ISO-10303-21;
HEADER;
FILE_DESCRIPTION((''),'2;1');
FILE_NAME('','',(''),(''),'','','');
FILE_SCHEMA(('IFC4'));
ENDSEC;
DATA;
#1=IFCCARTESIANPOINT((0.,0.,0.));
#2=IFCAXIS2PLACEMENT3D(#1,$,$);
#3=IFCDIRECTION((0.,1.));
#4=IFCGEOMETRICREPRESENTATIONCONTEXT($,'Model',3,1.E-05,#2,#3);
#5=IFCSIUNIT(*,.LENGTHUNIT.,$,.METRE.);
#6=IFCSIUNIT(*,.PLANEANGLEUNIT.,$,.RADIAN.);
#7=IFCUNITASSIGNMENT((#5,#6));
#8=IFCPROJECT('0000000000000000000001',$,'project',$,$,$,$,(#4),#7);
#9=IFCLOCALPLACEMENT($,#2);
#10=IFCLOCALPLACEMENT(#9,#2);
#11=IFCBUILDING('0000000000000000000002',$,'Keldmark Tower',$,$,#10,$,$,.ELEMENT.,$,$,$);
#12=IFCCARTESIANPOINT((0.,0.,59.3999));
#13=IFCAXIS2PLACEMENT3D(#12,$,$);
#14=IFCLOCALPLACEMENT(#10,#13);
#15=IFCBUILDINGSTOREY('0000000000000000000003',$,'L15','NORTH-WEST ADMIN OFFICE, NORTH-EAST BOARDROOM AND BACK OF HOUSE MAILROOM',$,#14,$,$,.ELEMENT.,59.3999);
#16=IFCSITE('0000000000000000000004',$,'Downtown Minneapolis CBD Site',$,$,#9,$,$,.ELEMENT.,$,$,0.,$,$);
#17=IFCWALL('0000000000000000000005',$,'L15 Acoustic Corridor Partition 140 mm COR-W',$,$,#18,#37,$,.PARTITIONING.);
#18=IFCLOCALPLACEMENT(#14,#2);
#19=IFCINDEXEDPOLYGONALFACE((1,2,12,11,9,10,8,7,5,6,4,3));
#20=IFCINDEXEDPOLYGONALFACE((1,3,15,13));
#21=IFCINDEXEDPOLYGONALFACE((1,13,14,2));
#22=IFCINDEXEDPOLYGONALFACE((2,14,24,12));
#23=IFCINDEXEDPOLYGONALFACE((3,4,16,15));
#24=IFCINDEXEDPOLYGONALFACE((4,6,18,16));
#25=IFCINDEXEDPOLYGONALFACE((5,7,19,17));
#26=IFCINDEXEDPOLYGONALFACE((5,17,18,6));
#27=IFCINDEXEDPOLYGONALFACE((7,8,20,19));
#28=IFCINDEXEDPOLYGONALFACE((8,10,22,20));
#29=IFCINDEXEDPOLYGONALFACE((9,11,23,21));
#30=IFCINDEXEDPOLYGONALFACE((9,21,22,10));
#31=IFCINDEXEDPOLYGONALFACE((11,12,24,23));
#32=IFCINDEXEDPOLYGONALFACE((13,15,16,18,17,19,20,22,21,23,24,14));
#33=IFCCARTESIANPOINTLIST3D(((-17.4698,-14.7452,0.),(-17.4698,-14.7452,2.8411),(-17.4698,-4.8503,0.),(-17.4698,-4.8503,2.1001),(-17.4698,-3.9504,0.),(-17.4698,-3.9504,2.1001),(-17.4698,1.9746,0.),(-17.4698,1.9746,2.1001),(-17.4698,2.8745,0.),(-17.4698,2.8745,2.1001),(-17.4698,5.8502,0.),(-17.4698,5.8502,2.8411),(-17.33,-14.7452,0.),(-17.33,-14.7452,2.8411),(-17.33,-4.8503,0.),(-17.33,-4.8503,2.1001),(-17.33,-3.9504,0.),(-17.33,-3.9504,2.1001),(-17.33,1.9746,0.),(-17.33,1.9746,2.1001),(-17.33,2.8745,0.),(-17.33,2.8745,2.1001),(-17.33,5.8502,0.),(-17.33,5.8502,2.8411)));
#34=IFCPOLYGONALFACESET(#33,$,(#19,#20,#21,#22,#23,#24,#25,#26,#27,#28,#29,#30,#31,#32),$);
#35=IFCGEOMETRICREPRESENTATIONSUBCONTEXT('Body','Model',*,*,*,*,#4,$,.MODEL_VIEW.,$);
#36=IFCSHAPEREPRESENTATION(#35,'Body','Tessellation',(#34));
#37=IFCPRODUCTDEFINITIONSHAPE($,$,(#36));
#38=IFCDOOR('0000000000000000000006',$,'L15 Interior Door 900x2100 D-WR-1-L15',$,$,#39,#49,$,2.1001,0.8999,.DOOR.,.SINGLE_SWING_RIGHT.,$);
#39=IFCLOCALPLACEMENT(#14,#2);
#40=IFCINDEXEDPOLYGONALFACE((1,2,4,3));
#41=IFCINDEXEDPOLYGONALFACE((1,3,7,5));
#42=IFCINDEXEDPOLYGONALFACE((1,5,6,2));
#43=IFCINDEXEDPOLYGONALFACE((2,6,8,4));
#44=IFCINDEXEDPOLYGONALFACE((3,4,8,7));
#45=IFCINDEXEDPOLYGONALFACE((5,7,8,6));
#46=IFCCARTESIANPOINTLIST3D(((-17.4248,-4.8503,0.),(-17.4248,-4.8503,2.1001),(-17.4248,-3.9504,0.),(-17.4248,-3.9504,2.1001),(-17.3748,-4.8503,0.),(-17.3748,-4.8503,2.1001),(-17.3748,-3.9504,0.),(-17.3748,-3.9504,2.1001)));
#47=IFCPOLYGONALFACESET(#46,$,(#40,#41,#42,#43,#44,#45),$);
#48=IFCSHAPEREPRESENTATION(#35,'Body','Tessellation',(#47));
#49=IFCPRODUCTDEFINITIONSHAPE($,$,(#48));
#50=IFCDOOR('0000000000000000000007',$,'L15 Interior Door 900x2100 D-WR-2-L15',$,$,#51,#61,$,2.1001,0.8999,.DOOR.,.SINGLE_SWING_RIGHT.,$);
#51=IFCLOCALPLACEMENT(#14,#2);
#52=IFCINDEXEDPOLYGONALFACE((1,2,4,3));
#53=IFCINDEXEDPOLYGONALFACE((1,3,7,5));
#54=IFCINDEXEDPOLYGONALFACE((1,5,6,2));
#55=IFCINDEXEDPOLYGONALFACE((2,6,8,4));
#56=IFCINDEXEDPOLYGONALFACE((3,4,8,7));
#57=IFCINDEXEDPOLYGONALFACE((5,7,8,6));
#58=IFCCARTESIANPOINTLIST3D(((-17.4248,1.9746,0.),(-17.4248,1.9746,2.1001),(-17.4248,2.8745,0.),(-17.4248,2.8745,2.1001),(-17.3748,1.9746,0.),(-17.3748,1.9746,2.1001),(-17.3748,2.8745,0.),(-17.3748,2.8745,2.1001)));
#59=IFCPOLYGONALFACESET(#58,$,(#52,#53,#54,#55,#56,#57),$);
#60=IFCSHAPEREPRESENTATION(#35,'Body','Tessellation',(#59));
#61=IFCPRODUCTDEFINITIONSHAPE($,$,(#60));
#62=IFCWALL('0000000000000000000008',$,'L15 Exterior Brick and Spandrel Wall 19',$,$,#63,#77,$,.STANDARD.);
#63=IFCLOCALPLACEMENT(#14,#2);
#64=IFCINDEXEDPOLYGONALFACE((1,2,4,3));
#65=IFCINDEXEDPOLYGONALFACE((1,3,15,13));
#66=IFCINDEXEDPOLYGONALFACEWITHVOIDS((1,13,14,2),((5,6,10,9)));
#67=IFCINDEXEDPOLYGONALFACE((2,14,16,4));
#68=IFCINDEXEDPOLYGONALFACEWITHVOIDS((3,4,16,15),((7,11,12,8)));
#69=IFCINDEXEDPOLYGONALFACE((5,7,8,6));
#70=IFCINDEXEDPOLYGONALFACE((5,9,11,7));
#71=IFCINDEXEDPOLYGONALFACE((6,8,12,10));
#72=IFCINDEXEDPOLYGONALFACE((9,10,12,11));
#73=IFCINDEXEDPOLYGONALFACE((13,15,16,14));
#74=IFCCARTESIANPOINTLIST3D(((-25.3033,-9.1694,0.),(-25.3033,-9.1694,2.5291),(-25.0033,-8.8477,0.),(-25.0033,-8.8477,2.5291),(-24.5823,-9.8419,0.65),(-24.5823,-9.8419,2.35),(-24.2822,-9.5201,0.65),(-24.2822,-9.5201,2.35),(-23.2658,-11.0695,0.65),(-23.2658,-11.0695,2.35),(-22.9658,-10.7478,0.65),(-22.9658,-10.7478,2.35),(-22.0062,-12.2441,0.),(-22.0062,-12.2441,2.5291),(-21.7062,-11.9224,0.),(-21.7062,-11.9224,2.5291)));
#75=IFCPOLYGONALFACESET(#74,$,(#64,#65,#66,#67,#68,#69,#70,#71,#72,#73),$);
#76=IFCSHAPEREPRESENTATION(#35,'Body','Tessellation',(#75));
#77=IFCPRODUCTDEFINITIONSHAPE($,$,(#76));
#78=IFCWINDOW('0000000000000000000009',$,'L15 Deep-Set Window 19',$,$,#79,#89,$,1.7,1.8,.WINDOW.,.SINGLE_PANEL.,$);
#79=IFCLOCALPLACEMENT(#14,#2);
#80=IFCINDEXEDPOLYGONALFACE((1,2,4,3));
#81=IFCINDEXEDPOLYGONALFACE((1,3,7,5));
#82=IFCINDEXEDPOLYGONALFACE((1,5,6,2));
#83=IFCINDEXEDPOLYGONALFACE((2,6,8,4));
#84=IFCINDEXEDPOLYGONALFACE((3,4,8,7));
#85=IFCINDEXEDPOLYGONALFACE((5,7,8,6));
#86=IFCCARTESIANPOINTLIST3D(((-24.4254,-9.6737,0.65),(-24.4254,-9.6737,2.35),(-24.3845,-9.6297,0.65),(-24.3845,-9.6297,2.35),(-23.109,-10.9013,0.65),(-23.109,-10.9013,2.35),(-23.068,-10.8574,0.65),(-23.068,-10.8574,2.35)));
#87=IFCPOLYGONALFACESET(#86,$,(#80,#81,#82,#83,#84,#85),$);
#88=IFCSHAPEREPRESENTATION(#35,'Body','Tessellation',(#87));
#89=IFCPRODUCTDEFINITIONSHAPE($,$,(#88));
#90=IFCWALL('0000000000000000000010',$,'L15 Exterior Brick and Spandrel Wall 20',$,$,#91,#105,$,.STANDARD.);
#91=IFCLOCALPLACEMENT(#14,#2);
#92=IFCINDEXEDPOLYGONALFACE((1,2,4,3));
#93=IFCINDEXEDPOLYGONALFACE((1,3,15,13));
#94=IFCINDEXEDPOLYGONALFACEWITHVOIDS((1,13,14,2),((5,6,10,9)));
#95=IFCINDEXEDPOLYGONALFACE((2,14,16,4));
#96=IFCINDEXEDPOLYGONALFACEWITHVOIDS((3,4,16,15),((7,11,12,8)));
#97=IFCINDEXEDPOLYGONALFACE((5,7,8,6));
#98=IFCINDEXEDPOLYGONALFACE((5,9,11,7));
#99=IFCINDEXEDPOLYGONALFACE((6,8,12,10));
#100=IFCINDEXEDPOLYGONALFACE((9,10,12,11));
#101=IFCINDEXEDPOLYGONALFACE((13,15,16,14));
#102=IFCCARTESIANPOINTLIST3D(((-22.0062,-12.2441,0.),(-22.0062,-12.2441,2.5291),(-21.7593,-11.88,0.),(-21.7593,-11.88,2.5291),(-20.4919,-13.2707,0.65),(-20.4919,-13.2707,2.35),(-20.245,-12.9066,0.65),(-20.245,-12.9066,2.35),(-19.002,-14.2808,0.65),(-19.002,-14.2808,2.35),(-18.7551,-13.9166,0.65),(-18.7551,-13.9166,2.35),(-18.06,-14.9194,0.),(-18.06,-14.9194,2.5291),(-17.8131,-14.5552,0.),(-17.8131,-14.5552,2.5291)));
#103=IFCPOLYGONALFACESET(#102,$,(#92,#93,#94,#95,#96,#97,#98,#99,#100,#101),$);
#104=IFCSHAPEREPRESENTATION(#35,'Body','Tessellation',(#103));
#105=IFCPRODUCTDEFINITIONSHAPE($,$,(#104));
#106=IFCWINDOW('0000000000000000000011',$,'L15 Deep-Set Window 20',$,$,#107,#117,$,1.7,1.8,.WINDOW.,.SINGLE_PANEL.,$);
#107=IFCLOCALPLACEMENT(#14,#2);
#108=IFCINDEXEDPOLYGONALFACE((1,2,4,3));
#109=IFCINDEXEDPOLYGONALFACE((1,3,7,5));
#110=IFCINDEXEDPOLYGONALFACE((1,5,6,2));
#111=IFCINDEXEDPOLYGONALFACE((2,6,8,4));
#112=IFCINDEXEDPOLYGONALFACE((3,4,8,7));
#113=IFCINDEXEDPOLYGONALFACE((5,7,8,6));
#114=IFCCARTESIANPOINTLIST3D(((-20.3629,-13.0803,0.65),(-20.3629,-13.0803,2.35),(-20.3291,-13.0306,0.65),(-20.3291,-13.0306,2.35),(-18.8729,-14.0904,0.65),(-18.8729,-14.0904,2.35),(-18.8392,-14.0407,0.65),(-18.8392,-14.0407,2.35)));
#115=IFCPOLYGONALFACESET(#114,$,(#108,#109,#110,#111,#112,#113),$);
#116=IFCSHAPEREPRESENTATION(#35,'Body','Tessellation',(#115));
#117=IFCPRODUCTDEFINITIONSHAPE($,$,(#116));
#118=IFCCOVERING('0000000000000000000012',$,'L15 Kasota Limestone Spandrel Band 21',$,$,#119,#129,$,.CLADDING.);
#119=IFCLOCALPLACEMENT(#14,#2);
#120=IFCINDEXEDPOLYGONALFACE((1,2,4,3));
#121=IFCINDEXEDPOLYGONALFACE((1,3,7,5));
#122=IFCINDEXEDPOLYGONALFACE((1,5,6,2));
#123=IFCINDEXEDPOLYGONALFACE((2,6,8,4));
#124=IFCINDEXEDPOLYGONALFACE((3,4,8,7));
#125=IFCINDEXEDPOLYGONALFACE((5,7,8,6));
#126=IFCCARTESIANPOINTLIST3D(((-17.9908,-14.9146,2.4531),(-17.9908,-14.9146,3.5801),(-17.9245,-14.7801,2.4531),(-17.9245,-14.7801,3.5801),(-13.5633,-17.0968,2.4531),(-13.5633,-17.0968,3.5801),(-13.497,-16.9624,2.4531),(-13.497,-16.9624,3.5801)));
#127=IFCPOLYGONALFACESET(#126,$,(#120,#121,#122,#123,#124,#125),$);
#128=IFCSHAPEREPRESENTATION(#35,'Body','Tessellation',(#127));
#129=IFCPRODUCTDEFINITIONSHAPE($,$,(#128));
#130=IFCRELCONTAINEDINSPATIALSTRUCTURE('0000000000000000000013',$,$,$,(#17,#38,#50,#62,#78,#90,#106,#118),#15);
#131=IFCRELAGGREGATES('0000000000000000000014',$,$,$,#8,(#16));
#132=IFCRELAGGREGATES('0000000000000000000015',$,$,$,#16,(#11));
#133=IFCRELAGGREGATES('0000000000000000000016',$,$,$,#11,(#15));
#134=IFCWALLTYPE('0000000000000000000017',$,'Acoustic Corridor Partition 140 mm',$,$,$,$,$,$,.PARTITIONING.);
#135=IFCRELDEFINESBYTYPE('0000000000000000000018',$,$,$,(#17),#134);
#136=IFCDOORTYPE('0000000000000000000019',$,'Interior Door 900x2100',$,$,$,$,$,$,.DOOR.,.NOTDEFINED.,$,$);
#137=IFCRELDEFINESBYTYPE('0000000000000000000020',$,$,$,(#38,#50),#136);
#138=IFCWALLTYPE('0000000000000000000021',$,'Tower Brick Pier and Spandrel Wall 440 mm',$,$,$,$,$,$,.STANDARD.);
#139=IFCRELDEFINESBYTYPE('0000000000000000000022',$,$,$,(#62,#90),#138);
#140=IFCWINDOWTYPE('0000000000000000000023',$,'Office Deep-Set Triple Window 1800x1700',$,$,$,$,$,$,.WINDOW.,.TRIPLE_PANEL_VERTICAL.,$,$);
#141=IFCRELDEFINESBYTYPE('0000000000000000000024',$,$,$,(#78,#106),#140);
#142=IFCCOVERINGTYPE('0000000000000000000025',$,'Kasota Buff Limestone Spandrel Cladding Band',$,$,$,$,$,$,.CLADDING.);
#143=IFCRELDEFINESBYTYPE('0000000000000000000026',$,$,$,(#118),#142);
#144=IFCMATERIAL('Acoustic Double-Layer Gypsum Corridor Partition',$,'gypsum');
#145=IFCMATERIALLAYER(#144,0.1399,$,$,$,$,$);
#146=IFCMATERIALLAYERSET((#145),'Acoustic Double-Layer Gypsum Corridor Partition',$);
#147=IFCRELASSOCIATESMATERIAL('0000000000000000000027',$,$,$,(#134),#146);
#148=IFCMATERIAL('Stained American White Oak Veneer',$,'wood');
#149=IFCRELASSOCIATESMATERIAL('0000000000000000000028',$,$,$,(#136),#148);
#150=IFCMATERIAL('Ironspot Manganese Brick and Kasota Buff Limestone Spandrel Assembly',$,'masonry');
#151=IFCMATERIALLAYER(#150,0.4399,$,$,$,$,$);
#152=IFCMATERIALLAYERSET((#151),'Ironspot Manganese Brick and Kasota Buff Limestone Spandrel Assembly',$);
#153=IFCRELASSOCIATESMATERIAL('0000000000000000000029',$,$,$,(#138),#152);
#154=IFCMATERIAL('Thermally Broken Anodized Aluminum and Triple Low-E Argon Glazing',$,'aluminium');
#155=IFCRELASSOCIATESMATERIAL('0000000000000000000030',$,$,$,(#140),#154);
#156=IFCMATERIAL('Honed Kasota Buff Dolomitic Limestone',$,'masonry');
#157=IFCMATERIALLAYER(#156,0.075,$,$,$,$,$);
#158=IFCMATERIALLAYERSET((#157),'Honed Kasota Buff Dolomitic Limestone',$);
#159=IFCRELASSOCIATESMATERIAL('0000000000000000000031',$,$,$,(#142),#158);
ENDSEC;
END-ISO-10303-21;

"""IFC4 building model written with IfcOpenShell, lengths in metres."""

from ifc_helpers import new_model, si_unit, direction, frame, frame_2d, origin, origin_2d, place, context, subcontext, project, spatial, rectangle, extrude, material, layer, layer_set, type_object, element, fill, save


model = new_model("IFC4")

# Units and contexts
model_context = context("Model", 3, precision=1e-05, world=origin(), true_north=direction((0.0, 1.0)))
body_context = subcontext(model_context, "Body", "Model", "MODEL_VIEW")
ifc_project = project(units=[si_unit("LENGTHUNIT", "METRE"), si_unit("PLANEANGLEUNIT", "RADIAN")], contexts=[model_context])

# Site, building, storey
site_placement = place(None, origin())
site = spatial("IfcSite", under=ifc_project, at=site_placement, Name="Downtown Minneapolis CBD Site", CompositionType="ELEMENT", RefElevation=0.0)
building_placement = place(site_placement, origin())
building = spatial("IfcBuilding", under=site, at=building_placement, Name="Keldmark Tower", CompositionType="ELEMENT")
storey_placement = place(building_placement, frame((0.0, 0.0, 59.3999)))
storey = spatial("IfcBuildingStorey", under=building, at=storey_placement, Name="L15", Description="NORTH-WEST ADMIN OFFICE, NORTH-EAST BOARDROOM AND BACK OF HOUSE MAILROOM", CompositionType="ELEMENT", Elevation=59.3999)

# Wall, openings, doors
ifc_material_1 = material(Name="Acoustic Double-Layer Gypsum Corridor Partition", Category="gypsum")
ifc_layer_1 = layer(ifc_material_1, 0.1399)
ifc_layer_set_1 = layer_set([ifc_layer_1], Name="Acoustic Double-Layer Gypsum Corridor Partition")
wall_type_1 = type_object("IfcWallType", Name="Acoustic Corridor Partition 140 mm", PredefinedType="PARTITIONING", material=ifc_layer_set_1)
ifc_material_2 = material(Name="Stained American White Oak Veneer", Category="wood")
door_type = type_object("IfcDoorType", Name="Interior Door 900x2100", OperationType="NOTDEFINED", PredefinedType="DOOR", material=ifc_material_2)
wall_1_placement = place(storey_placement, frame((-17.3999, -14.7454, 0.0), z_axis=(0.0, 0.0, 1.0), x_axis=(0.0, 1.0, 0.0)))
wall_1 = element("IfcWall", 1, at=wall_1_placement, inside=storey, type_object=wall_type_1, Name="L15 Acoustic Corridor Partition 140 mm COR-W", PredefinedType="PARTITIONING", context=body_context, shape_type="SweptSolid", body=[
    extrude(rectangle(XDim=20.5955, YDim=0.1399, at=frame_2d((10.2979, 0.0))), origin(), (0.0, 0.0, 1.0), 2.8411),
])
opening_1_placement = place(wall_1_placement, frame((9.895, 0.0, 0.0)))
opening_1 = element("IfcOpeningElement", 2, at=opening_1_placement, cuts=wall_1, PredefinedType="OPENING", context=body_context, shape_type="SweptSolid", body=[
    extrude(rectangle(XDim=0.8999, YDim=2.1001, at=frame_2d((0.45, 1.05))), frame((0.0, 0.0798, 0.0), z_axis=(0.0, -1.0, 0.0), x_axis=(1.0, 0.0, 0.0)), (0.0, 0.0, 1.0), 0.1599),
])
opening_2_placement = place(wall_1_placement, frame((16.72, 0.0, 0.0)))
opening_2 = element("IfcOpeningElement", 3, at=opening_2_placement, cuts=wall_1, PredefinedType="OPENING", context=body_context, shape_type="SweptSolid", body=[
    extrude(rectangle(XDim=0.8999, YDim=2.1001, at=frame_2d((0.45, 1.05))), frame((0.0, 0.0798, 0.0), z_axis=(0.0, -1.0, 0.0), x_axis=(1.0, 0.0, 0.0)), (0.0, 0.0, 1.0), 0.1599),
])
door_1_placement = place(opening_1_placement, origin())
door_1 = element("IfcDoor", 4, at=door_1_placement, inside=storey, type_object=door_type, Name="L15 Interior Door 900x2100 D-WR-1-L15", OperationType="SINGLE_SWING_RIGHT", OverallHeight=2.1001, OverallWidth=0.8999, PredefinedType="DOOR", context=body_context, shape_type="SweptSolid", body=[
    extrude(rectangle(XDim=0.8999, YDim=2.1001, at=frame_2d((0.45, 1.05))), frame((0.0, 0.0249, 0.0), z_axis=(0.0, -1.0, 0.0), x_axis=(1.0, 0.0, 0.0)), (0.0, 0.0, 1.0), 0.05),
])
fill(opening_1, door_1)
door_2_placement = place(opening_2_placement, origin())
door_2 = element("IfcDoor", 5, at=door_2_placement, inside=storey, type_object=door_type, Name="L15 Interior Door 900x2100 D-WR-2-L15", OperationType="SINGLE_SWING_RIGHT", OverallHeight=2.1001, OverallWidth=0.8999, PredefinedType="DOOR", context=body_context, shape_type="SweptSolid", body=[
    extrude(rectangle(XDim=0.8999, YDim=2.1001, at=frame_2d((0.45, 1.05))), frame((0.0, 0.0249, 0.0), z_axis=(0.0, -1.0, 0.0), x_axis=(1.0, 0.0, 0.0)), (0.0, 0.0, 1.0), 0.05),
])
fill(opening_2, door_2)

# Walls, openings, windows
ifc_material_3 = material(Name="Ironspot Manganese Brick and Kasota Buff Limestone Spandrel Assembly", Category="masonry")
ifc_layer_2 = layer(ifc_material_3, 0.4399)
ifc_layer_set_2 = layer_set([ifc_layer_2], Name="Ironspot Manganese Brick and Kasota Buff Limestone Spandrel Assembly")
wall_type_2 = type_object("IfcWallType", Name="Tower Brick Pier and Spandrel Wall 440 mm", PredefinedType="STANDARD", material=ifc_layer_set_2)
wall_2_placement = place(storey_placement, frame((-21.8562, -12.0833, 0.0), z_axis=(0.0, 0.0, 1.0), x_axis=(-0.731343, 0.682009, 0.0)))
wall_2 = element("IfcWall", 6, at=wall_2_placement, inside=storey, type_object=wall_type_2, Name="L15 Exterior Brick and Spandrel Wall 19", PredefinedType="STANDARD", context=body_context, shape_type="SweptSolid", body=[
    extrude(rectangle(XDim=4.5083, YDim=0.4399, at=frame_2d((2.2542, 0.0))), origin(), (0.0, 0.0, 1.0), 2.5291),
])
opening_3_placement = place(wall_2_placement, frame((1.7224, 0.0, 0.6499)))
opening_3 = element("IfcOpeningElement", 7, at=opening_3_placement, cuts=wall_2, PredefinedType="OPENING", context=body_context, shape_type="SweptSolid", body=[
    extrude(rectangle(XDim=1.8, YDim=1.7, at=frame_2d((0.8999, 0.8501))), frame((0.0, 0.23, 0.0), z_axis=(0.0, -1.0, 0.0), x_axis=(1.0, 0.0, 0.0)), (0.0, 0.0, 1.0), 0.46),
])
ifc_material_4 = material(Name="Thermally Broken Anodized Aluminum and Triple Low-E Argon Glazing", Category="aluminium")
window_type = type_object("IfcWindowType", Name="Office Deep-Set Triple Window 1800x1700", PartitioningType="TRIPLE_PANEL_VERTICAL", PredefinedType="WINDOW", material=ifc_material_4)
window_1_placement = place(opening_3_placement, origin())
window_1 = element("IfcWindow", 8, at=window_1_placement, inside=storey, type_object=window_type, Name="L15 Deep-Set Window 19", OverallHeight=1.7, OverallWidth=1.8, PartitioningType="SINGLE_PANEL", PredefinedType="WINDOW", context=body_context, shape_type="SweptSolid", body=[
    extrude(rectangle(XDim=1.8, YDim=1.7, at=frame_2d((0.8999, 0.8501))), frame((0.0, -0.01, 0.0), z_axis=(0.0, -1.0, 0.0), x_axis=(1.0, 0.0, 0.0)), (0.0, 0.0, 1.0), 0.0601),
])
fill(opening_3, window_1)
wall_3_placement = place(storey_placement, frame((-17.9365, -14.7373, 0.0), z_axis=(0.0, 0.0, 1.0), x_axis=(-0.827724, 0.561136, 0.0)))
wall_3 = element("IfcWall", 9, at=wall_3_placement, inside=storey, type_object=wall_type_2, Name="L15 Exterior Brick and Spandrel Wall 20", PredefinedType="STANDARD", context=body_context, shape_type="SweptSolid", body=[
    extrude(rectangle(XDim=4.7676, YDim=0.4399, at=frame_2d((2.3838, 0.0))), origin(), (0.0, 0.0, 1.0), 2.5291),
])
opening_4_placement = place(wall_3_placement, frame((1.1382, 0.0, 0.6499)))
opening_4 = element("IfcOpeningElement", 10, at=opening_4_placement, cuts=wall_3, PredefinedType="OPENING", context=body_context, shape_type="SweptSolid", body=[
    extrude(rectangle(XDim=1.8, YDim=1.7, at=frame_2d((0.8999, 0.8501))), frame((0.0, 0.23, 0.0), z_axis=(0.0, -1.0, 0.0), x_axis=(1.0, 0.0, 0.0)), (0.0, 0.0, 1.0), 0.46),
])
window_2_placement = place(opening_4_placement, origin())
window_2 = element("IfcWindow", 11, at=window_2_placement, inside=storey, type_object=window_type, Name="L15 Deep-Set Window 20", OverallHeight=1.7, OverallWidth=1.8, PartitioningType="SINGLE_PANEL", PredefinedType="WINDOW", context=body_context, shape_type="SweptSolid", body=[
    extrude(rectangle(XDim=1.8, YDim=1.7, at=frame_2d((0.8999, 0.8501))), frame((0.0, -0.01, 0.0), z_axis=(0.0, -1.0, 0.0), x_axis=(1.0, 0.0, 0.0)), (0.0, 0.0, 1.0), 0.0601),
])
fill(opening_4, window_2)

# Covering
ifc_material_5 = material(Name="Honed Kasota Buff Dolomitic Limestone", Category="masonry")
ifc_layer_3 = layer(ifc_material_5, 0.075)
ifc_layer_set_3 = layer_set([ifc_layer_3], Name="Honed Kasota Buff Dolomitic Limestone")
covering_type = type_object("IfcCoveringType", Name="Kasota Buff Limestone Spandrel Cladding Band", PredefinedType="CLADDING", material=ifc_layer_set_3)
covering_placement = place(storey_placement, frame((-15.7439, -15.9385, 2.4531), z_axis=(0.0, 0.0, 1.0), x_axis=(0.896965, -0.442101, 0.0)))
element("IfcCovering", 12, at=covering_placement, inside=storey, type_object=covering_type, Name="L15 Kasota Limestone Spandrel Band 21", PredefinedType="CLADDING", context=body_context, shape_type="SweptSolid", body=[
    extrude(rectangle(XDim=4.936, YDim=0.1499, at=origin_2d()), origin(), (0.0, 0.0, 1.0), 1.127),
])

save(model, "model.ifc")
